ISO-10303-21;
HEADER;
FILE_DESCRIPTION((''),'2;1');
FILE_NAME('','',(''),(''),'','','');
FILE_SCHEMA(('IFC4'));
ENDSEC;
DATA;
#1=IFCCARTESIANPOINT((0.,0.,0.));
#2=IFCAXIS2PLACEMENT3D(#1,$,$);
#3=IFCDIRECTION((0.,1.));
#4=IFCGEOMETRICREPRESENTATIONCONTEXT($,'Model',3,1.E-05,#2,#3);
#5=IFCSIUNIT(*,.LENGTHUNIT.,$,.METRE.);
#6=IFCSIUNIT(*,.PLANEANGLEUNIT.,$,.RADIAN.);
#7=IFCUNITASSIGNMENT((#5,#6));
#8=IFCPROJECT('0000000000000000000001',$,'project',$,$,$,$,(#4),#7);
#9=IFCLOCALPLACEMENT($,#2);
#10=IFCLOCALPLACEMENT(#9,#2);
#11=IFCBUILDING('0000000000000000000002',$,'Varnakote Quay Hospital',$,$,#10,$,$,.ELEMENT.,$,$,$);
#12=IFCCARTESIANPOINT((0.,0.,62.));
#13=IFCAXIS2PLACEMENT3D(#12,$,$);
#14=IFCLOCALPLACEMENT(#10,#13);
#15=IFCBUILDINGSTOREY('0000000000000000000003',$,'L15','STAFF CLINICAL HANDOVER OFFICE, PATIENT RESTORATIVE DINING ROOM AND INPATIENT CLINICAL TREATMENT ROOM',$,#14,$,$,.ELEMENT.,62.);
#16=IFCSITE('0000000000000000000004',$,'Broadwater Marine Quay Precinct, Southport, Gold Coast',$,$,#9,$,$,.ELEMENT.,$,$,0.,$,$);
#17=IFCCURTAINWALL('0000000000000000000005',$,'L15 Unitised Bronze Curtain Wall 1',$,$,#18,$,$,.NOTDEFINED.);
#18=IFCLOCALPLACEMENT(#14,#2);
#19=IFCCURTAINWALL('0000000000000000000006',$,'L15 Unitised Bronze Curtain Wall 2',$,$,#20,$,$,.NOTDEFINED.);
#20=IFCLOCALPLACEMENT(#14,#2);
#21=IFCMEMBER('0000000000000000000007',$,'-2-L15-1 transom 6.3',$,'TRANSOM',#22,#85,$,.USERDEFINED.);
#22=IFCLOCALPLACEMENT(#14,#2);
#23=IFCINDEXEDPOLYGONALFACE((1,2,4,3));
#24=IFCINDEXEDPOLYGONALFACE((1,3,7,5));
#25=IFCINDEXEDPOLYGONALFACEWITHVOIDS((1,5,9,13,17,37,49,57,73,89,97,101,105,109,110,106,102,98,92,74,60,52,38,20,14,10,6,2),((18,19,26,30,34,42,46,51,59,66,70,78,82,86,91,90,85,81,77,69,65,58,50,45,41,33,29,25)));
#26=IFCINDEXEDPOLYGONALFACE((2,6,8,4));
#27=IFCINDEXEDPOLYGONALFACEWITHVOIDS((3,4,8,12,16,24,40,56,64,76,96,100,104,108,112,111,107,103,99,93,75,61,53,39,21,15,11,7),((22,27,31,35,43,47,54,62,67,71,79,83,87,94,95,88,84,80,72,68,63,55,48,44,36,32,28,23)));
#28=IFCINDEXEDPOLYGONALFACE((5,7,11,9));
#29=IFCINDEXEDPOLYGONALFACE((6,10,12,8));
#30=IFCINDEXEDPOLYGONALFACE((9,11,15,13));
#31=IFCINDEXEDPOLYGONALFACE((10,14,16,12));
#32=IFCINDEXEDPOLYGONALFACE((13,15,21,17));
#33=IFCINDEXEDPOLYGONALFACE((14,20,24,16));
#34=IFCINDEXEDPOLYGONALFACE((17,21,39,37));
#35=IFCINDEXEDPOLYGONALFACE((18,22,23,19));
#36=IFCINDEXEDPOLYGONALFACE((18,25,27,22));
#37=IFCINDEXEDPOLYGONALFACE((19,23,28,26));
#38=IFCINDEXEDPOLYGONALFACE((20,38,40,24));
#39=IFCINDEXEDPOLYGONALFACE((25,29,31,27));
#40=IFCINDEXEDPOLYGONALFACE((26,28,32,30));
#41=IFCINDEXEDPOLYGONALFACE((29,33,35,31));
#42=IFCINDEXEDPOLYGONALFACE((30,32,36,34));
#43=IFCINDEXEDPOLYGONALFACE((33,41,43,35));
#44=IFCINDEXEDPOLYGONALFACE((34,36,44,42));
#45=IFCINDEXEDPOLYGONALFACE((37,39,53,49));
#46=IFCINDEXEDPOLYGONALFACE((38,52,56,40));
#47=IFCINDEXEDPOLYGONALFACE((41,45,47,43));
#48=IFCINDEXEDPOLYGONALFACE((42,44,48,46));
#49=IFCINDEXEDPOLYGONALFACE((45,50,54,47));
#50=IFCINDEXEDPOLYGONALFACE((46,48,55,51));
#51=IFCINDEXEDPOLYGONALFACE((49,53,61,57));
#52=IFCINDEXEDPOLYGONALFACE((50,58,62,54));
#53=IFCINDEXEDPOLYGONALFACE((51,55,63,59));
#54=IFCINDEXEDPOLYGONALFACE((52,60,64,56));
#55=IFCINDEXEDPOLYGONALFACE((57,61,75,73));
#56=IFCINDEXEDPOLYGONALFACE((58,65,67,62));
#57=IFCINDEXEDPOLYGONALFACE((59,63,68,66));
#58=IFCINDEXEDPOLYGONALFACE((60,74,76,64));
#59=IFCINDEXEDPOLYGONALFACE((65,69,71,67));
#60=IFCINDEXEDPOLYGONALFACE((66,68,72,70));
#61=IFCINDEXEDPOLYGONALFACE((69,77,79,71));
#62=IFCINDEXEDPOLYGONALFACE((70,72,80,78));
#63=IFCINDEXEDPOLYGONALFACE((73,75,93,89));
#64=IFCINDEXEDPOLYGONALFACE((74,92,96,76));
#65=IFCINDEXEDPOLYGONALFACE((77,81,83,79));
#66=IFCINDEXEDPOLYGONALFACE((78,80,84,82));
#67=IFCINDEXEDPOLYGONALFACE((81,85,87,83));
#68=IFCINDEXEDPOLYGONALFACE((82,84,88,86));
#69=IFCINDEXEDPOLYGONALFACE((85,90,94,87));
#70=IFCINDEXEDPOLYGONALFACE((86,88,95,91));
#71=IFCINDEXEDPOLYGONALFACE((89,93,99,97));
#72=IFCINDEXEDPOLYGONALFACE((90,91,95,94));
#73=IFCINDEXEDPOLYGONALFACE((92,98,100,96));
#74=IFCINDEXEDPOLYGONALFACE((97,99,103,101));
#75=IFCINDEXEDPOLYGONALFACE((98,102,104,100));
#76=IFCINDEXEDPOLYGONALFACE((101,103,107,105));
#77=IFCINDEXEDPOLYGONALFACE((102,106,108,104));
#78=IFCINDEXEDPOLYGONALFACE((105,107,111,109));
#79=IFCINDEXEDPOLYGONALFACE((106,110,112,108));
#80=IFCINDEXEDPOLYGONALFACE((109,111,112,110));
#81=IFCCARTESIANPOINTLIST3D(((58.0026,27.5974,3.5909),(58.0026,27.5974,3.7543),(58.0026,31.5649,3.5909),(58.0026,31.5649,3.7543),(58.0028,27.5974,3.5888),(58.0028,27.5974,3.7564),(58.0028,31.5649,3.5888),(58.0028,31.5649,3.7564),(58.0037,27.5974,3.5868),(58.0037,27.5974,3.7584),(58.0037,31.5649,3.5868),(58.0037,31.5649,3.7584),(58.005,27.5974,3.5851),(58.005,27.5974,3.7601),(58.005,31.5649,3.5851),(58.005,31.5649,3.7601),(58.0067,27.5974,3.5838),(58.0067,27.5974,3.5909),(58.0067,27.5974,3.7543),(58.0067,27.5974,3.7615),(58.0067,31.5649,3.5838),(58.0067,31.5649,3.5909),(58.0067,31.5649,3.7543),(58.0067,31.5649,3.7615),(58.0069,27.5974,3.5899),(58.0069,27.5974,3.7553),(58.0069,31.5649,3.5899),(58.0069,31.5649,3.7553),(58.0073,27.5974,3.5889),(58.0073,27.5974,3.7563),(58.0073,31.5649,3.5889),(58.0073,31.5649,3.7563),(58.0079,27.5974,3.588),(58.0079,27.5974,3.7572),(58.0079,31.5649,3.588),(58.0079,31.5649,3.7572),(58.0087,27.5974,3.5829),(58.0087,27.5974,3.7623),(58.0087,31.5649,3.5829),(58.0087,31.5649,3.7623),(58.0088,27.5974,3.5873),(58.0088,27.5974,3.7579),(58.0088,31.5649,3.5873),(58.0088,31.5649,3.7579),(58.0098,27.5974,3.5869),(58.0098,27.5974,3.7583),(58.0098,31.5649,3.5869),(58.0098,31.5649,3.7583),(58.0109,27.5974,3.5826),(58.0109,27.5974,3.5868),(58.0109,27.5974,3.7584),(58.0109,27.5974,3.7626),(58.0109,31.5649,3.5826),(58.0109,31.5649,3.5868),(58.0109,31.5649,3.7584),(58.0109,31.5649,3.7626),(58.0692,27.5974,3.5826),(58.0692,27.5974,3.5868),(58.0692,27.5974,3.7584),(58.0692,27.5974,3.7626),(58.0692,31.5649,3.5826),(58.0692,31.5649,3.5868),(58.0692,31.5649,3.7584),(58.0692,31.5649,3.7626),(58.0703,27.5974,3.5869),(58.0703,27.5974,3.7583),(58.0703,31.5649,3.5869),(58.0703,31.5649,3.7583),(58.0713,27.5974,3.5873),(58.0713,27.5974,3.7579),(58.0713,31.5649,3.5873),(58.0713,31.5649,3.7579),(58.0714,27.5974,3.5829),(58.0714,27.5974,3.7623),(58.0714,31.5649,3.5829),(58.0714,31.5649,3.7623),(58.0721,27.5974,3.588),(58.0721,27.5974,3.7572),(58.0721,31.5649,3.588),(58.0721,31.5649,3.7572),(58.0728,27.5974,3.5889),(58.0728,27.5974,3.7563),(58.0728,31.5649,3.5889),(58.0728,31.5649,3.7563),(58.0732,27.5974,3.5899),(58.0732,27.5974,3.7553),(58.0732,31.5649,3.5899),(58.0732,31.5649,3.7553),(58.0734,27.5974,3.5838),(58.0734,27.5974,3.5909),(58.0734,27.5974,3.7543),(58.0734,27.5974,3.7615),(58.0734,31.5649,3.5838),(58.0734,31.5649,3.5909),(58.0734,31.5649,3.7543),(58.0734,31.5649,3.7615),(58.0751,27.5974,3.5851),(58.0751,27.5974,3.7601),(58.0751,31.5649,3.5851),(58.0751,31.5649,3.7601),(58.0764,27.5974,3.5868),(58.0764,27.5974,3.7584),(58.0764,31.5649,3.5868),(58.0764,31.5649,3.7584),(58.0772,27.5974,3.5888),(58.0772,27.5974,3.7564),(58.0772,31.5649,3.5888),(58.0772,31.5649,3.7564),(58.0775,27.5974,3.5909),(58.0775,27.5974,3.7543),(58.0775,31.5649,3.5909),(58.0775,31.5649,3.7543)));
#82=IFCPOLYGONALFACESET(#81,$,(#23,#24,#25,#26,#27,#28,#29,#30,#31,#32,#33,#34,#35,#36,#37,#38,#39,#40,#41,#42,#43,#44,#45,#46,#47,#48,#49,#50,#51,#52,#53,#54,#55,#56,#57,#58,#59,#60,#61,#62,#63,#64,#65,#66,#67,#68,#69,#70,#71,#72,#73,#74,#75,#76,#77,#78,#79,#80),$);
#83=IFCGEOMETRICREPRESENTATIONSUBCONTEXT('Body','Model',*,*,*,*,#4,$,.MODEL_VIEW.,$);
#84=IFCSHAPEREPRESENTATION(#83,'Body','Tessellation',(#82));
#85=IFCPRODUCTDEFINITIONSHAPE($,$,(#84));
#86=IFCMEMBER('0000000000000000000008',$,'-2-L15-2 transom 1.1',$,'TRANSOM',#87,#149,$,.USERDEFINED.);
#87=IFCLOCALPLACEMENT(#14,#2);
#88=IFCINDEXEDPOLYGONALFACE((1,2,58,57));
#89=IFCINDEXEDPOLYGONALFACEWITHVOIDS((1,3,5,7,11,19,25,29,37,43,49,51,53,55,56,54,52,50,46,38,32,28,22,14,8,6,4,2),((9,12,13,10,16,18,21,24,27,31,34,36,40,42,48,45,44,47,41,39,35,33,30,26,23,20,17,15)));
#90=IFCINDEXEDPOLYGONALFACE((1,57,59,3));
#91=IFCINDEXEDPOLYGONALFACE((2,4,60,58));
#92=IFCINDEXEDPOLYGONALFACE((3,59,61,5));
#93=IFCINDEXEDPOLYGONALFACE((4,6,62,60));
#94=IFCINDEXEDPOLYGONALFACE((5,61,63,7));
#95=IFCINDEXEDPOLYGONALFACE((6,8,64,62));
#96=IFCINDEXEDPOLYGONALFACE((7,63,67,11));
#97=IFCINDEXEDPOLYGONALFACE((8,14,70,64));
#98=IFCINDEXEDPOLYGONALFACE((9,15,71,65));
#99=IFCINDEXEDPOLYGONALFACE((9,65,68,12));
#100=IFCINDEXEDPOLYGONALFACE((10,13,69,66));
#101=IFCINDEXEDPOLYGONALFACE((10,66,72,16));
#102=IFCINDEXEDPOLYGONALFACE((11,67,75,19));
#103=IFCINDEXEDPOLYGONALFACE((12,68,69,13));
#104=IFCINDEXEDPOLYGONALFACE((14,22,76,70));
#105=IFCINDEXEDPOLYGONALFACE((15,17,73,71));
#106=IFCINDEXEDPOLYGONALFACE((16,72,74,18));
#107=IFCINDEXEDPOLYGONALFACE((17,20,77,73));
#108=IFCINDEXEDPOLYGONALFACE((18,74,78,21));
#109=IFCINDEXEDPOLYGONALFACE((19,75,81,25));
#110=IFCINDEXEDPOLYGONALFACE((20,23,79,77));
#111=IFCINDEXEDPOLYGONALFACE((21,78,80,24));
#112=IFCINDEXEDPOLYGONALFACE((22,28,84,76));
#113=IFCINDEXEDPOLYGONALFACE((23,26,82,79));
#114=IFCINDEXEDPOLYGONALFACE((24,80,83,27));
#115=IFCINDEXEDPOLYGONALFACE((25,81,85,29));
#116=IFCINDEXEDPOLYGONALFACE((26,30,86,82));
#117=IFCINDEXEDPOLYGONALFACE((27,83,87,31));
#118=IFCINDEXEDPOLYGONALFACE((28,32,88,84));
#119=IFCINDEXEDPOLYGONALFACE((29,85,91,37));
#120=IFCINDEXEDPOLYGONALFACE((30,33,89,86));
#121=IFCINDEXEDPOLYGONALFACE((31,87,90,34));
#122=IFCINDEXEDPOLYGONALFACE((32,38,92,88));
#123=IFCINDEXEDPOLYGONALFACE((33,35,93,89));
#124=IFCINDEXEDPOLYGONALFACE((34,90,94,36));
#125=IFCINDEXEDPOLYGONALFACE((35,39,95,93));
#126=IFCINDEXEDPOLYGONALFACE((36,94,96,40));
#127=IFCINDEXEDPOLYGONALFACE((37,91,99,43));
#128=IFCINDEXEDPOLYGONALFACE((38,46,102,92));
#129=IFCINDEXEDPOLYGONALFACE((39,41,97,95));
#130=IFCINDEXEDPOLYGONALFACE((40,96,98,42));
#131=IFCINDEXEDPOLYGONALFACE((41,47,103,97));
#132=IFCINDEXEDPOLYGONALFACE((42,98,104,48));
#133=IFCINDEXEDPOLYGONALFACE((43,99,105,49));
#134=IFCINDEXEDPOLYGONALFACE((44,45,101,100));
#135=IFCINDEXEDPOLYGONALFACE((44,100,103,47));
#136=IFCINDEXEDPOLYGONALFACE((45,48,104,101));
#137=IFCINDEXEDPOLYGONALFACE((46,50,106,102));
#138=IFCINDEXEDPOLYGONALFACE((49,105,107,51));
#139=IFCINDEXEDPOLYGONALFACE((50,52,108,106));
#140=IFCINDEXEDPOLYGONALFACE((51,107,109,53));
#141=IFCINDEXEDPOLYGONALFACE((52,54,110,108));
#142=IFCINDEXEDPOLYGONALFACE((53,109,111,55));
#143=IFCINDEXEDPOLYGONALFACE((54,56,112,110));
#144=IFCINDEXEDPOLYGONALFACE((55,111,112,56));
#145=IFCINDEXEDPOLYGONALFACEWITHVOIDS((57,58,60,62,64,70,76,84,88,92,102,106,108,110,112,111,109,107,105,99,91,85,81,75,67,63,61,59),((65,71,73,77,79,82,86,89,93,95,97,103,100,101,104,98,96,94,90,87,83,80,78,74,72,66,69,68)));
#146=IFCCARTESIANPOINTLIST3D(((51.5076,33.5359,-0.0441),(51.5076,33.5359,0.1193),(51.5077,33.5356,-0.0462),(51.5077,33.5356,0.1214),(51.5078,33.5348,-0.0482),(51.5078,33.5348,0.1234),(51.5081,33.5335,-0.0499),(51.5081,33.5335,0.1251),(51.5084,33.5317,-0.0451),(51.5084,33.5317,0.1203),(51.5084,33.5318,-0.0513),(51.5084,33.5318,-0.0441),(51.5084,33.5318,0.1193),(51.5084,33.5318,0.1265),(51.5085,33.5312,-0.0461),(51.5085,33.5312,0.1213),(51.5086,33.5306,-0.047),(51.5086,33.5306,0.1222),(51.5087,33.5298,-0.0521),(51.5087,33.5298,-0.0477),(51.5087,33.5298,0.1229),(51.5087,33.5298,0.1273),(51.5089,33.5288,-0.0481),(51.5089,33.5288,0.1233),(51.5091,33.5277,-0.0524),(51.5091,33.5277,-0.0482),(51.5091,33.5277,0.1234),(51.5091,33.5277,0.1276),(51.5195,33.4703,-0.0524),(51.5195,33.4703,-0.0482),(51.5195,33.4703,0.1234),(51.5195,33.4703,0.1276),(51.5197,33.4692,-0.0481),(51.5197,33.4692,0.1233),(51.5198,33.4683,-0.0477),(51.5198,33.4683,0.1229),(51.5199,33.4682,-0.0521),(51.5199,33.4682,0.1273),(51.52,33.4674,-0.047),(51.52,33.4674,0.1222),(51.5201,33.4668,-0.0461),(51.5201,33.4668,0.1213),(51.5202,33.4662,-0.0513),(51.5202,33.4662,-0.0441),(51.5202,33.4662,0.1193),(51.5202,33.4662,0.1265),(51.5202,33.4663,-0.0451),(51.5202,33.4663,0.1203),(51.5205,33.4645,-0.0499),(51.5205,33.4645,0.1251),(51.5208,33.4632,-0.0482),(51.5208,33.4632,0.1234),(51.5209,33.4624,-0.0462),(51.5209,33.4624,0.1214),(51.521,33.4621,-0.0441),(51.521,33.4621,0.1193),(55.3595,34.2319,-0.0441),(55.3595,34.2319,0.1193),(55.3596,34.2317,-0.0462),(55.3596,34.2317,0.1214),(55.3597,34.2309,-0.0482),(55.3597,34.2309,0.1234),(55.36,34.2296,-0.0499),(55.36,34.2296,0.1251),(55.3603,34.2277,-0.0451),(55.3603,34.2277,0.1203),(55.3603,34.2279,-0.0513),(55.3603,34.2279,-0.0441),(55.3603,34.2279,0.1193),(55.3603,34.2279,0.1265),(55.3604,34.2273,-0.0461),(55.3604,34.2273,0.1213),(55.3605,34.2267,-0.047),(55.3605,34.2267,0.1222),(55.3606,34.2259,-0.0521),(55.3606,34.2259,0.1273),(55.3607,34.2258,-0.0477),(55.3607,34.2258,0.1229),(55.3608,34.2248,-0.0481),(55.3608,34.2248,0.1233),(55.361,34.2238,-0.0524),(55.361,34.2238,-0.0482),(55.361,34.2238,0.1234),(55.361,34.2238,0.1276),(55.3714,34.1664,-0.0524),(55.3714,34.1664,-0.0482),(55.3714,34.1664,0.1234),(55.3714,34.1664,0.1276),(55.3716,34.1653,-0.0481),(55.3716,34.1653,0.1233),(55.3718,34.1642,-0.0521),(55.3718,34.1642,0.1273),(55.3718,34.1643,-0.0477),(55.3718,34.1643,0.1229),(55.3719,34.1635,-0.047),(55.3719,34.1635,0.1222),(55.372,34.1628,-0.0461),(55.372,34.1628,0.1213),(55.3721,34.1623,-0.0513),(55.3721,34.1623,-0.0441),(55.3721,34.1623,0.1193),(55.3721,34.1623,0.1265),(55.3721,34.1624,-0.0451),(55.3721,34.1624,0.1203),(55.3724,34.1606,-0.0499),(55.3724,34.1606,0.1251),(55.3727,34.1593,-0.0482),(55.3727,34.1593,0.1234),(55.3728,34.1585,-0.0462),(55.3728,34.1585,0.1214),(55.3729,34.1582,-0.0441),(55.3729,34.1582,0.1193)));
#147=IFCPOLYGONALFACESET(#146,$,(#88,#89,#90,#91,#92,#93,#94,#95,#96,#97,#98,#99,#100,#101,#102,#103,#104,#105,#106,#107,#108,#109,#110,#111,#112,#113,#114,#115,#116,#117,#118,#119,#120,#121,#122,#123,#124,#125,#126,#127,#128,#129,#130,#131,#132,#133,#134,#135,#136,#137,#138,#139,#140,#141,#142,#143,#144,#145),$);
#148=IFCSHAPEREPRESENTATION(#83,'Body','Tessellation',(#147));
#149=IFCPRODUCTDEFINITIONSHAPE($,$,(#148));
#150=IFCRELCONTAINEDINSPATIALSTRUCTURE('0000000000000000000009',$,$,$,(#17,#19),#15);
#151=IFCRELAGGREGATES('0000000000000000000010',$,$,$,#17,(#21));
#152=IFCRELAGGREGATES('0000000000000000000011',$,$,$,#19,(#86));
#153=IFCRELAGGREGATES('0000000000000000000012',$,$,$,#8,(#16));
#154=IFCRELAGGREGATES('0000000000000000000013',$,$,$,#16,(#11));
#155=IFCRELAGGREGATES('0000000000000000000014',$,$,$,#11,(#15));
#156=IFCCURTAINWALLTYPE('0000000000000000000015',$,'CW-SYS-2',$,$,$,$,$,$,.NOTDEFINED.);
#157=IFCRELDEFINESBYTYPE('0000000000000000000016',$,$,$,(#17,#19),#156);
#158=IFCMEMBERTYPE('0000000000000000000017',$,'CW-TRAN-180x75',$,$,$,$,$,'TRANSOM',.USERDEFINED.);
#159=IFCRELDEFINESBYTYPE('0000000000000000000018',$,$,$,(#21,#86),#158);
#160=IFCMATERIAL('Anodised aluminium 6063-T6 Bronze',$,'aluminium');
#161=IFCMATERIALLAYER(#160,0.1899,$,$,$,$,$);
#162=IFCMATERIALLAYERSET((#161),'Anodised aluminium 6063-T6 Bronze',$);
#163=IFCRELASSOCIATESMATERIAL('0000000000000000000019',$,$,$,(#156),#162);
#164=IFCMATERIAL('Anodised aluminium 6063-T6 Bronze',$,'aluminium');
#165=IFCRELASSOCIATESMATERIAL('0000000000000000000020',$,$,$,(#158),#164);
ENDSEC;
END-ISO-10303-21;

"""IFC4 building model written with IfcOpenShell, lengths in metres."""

from ifc_helpers import new_model, si_unit, direction, frame, origin, origin_2d, place, context, subcontext, project, spatial, hollow_rectangle, extrude, material, layer, layer_set, material_profile, profile_set, type_object, element, aggregate, save


model = new_model("IFC4")

# Units and contexts
model_context = context("Model", 3, precision=1e-05, world=origin(), true_north=direction((0.0, 1.0)))
body_context = subcontext(model_context, "Body", "Model", "MODEL_VIEW")
ifc_project = project(units=[si_unit("LENGTHUNIT", "METRE"), si_unit("PLANEANGLEUNIT", "RADIAN")], contexts=[model_context])

# Site, building, storey
site_placement = place(None, origin())
site = spatial("IfcSite", under=ifc_project, at=site_placement, Name="Broadwater Marine Quay Precinct, Southport, Gold Coast", CompositionType="ELEMENT", RefElevation=0.0)
building_placement = place(site_placement, origin())
building = spatial("IfcBuilding", under=site, at=building_placement, Name="Varnakote Quay Hospital", CompositionType="ELEMENT")
storey_placement = place(building_placement, frame((0.0, 0.0, 62.0)))
storey = spatial("IfcBuildingStorey", under=building, at=storey_placement, Name="L15", Description="STAFF CLINICAL HANDOVER OFFICE, PATIENT RESTORATIVE DINING ROOM AND INPATIENT CLINICAL TREATMENT ROOM", CompositionType="ELEMENT", Elevation=62.0)

# Curtain wall
ifc_material_1 = material(Name="Anodised aluminium 6063-T6 Bronze", Category="aluminium")
ifc_layer_1 = layer(ifc_material_1, 0.1899)
ifc_layer_set_1 = layer_set([ifc_layer_1], Name="Anodised aluminium 6063-T6 Bronze")
curtain_wall_type = type_object("IfcCurtainWallType", Name="CW-SYS-2", PredefinedType="NOTDEFINED", material=ifc_layer_set_1)
curtain_wall_1_placement = place(storey_placement, origin())
curtain_wall_1 = element("IfcCurtainWall", 1, at=curtain_wall_1_placement, inside=storey, type_object=curtain_wall_type, Name="L15 Unitised Bronze Curtain Wall 1", PredefinedType="NOTDEFINED")

# Curtain wall
curtain_wall_2_placement = place(storey_placement, origin())
curtain_wall_2 = element("IfcCurtainWall", 2, at=curtain_wall_2_placement, inside=storey, type_object=curtain_wall_type, Name="L15 Unitised Bronze Curtain Wall 2", PredefinedType="NOTDEFINED")

# Members
ifc_material_2 = material(Name="Anodised aluminium 6063-T6 Bronze", Category="aluminium")
ifc_material_profile_1 = material_profile(ifc_material_2, hollow_rectangle(XDim=0.075, YDim=0.1799, WallThickness=0.0042, InnerFilletRadius=0.0042, OuterFilletRadius=0.0083, at=origin_2d()), Name="CW-TRAN-180x75")
ifc_profile_set_1 = profile_set([ifc_material_profile_1], Name="Anodised aluminium 6063-T6 Bronze")
member_type_1 = type_object("IfcMemberType", Name="CW-TRAN-180x75", ElementType="TRANSOM", PredefinedType="USERDEFINED", material=ifc_profile_set_1)
member_1_placement = place(storey_placement, frame((58.04, 27.5974, 3.6726), z_axis=(0.0, 1.0, 0.0), x_axis=(-1.0, 0.0, 0.0)))
member_1 = element("IfcMember", 3, at=member_1_placement, type_object=member_type_1, Name="-2-L15-1 transom 6.3", ObjectType="TRANSOM", PredefinedType="USERDEFINED", context=body_context, shape_type="SweptSolid", body=[
    extrude(hollow_rectangle(XDim=0.075, YDim=0.1799, WallThickness=0.0042, InnerFilletRadius=0.0042, OuterFilletRadius=0.0083, at=origin_2d()), origin(), (0.0, 0.0, 1.0), 3.9675),
])
member_2_placement = place(storey_placement, frame((55.3662, 34.1951, 0.0376), z_axis=(-0.984062, -0.177826, 0.0), x_axis=(0.177826, -0.984062, 0.0)))
member_2 = element("IfcMember", 4, at=member_2_placement, type_object=member_type_1, Name="-2-L15-2 transom 1.1", ObjectType="TRANSOM", PredefinedType="USERDEFINED", context=body_context, shape_type="SweptSolid", body=[
    extrude(hollow_rectangle(XDim=0.075, YDim=0.1799, WallThickness=0.0042, InnerFilletRadius=0.0042, OuterFilletRadius=0.0083, at=origin_2d()), origin(), (0.0, 0.0, 1.0), 3.9143),
])

aggregate(curtain_wall_1, [member_1])
aggregate(curtain_wall_2, [member_2])

save(model, "model.ifc")
